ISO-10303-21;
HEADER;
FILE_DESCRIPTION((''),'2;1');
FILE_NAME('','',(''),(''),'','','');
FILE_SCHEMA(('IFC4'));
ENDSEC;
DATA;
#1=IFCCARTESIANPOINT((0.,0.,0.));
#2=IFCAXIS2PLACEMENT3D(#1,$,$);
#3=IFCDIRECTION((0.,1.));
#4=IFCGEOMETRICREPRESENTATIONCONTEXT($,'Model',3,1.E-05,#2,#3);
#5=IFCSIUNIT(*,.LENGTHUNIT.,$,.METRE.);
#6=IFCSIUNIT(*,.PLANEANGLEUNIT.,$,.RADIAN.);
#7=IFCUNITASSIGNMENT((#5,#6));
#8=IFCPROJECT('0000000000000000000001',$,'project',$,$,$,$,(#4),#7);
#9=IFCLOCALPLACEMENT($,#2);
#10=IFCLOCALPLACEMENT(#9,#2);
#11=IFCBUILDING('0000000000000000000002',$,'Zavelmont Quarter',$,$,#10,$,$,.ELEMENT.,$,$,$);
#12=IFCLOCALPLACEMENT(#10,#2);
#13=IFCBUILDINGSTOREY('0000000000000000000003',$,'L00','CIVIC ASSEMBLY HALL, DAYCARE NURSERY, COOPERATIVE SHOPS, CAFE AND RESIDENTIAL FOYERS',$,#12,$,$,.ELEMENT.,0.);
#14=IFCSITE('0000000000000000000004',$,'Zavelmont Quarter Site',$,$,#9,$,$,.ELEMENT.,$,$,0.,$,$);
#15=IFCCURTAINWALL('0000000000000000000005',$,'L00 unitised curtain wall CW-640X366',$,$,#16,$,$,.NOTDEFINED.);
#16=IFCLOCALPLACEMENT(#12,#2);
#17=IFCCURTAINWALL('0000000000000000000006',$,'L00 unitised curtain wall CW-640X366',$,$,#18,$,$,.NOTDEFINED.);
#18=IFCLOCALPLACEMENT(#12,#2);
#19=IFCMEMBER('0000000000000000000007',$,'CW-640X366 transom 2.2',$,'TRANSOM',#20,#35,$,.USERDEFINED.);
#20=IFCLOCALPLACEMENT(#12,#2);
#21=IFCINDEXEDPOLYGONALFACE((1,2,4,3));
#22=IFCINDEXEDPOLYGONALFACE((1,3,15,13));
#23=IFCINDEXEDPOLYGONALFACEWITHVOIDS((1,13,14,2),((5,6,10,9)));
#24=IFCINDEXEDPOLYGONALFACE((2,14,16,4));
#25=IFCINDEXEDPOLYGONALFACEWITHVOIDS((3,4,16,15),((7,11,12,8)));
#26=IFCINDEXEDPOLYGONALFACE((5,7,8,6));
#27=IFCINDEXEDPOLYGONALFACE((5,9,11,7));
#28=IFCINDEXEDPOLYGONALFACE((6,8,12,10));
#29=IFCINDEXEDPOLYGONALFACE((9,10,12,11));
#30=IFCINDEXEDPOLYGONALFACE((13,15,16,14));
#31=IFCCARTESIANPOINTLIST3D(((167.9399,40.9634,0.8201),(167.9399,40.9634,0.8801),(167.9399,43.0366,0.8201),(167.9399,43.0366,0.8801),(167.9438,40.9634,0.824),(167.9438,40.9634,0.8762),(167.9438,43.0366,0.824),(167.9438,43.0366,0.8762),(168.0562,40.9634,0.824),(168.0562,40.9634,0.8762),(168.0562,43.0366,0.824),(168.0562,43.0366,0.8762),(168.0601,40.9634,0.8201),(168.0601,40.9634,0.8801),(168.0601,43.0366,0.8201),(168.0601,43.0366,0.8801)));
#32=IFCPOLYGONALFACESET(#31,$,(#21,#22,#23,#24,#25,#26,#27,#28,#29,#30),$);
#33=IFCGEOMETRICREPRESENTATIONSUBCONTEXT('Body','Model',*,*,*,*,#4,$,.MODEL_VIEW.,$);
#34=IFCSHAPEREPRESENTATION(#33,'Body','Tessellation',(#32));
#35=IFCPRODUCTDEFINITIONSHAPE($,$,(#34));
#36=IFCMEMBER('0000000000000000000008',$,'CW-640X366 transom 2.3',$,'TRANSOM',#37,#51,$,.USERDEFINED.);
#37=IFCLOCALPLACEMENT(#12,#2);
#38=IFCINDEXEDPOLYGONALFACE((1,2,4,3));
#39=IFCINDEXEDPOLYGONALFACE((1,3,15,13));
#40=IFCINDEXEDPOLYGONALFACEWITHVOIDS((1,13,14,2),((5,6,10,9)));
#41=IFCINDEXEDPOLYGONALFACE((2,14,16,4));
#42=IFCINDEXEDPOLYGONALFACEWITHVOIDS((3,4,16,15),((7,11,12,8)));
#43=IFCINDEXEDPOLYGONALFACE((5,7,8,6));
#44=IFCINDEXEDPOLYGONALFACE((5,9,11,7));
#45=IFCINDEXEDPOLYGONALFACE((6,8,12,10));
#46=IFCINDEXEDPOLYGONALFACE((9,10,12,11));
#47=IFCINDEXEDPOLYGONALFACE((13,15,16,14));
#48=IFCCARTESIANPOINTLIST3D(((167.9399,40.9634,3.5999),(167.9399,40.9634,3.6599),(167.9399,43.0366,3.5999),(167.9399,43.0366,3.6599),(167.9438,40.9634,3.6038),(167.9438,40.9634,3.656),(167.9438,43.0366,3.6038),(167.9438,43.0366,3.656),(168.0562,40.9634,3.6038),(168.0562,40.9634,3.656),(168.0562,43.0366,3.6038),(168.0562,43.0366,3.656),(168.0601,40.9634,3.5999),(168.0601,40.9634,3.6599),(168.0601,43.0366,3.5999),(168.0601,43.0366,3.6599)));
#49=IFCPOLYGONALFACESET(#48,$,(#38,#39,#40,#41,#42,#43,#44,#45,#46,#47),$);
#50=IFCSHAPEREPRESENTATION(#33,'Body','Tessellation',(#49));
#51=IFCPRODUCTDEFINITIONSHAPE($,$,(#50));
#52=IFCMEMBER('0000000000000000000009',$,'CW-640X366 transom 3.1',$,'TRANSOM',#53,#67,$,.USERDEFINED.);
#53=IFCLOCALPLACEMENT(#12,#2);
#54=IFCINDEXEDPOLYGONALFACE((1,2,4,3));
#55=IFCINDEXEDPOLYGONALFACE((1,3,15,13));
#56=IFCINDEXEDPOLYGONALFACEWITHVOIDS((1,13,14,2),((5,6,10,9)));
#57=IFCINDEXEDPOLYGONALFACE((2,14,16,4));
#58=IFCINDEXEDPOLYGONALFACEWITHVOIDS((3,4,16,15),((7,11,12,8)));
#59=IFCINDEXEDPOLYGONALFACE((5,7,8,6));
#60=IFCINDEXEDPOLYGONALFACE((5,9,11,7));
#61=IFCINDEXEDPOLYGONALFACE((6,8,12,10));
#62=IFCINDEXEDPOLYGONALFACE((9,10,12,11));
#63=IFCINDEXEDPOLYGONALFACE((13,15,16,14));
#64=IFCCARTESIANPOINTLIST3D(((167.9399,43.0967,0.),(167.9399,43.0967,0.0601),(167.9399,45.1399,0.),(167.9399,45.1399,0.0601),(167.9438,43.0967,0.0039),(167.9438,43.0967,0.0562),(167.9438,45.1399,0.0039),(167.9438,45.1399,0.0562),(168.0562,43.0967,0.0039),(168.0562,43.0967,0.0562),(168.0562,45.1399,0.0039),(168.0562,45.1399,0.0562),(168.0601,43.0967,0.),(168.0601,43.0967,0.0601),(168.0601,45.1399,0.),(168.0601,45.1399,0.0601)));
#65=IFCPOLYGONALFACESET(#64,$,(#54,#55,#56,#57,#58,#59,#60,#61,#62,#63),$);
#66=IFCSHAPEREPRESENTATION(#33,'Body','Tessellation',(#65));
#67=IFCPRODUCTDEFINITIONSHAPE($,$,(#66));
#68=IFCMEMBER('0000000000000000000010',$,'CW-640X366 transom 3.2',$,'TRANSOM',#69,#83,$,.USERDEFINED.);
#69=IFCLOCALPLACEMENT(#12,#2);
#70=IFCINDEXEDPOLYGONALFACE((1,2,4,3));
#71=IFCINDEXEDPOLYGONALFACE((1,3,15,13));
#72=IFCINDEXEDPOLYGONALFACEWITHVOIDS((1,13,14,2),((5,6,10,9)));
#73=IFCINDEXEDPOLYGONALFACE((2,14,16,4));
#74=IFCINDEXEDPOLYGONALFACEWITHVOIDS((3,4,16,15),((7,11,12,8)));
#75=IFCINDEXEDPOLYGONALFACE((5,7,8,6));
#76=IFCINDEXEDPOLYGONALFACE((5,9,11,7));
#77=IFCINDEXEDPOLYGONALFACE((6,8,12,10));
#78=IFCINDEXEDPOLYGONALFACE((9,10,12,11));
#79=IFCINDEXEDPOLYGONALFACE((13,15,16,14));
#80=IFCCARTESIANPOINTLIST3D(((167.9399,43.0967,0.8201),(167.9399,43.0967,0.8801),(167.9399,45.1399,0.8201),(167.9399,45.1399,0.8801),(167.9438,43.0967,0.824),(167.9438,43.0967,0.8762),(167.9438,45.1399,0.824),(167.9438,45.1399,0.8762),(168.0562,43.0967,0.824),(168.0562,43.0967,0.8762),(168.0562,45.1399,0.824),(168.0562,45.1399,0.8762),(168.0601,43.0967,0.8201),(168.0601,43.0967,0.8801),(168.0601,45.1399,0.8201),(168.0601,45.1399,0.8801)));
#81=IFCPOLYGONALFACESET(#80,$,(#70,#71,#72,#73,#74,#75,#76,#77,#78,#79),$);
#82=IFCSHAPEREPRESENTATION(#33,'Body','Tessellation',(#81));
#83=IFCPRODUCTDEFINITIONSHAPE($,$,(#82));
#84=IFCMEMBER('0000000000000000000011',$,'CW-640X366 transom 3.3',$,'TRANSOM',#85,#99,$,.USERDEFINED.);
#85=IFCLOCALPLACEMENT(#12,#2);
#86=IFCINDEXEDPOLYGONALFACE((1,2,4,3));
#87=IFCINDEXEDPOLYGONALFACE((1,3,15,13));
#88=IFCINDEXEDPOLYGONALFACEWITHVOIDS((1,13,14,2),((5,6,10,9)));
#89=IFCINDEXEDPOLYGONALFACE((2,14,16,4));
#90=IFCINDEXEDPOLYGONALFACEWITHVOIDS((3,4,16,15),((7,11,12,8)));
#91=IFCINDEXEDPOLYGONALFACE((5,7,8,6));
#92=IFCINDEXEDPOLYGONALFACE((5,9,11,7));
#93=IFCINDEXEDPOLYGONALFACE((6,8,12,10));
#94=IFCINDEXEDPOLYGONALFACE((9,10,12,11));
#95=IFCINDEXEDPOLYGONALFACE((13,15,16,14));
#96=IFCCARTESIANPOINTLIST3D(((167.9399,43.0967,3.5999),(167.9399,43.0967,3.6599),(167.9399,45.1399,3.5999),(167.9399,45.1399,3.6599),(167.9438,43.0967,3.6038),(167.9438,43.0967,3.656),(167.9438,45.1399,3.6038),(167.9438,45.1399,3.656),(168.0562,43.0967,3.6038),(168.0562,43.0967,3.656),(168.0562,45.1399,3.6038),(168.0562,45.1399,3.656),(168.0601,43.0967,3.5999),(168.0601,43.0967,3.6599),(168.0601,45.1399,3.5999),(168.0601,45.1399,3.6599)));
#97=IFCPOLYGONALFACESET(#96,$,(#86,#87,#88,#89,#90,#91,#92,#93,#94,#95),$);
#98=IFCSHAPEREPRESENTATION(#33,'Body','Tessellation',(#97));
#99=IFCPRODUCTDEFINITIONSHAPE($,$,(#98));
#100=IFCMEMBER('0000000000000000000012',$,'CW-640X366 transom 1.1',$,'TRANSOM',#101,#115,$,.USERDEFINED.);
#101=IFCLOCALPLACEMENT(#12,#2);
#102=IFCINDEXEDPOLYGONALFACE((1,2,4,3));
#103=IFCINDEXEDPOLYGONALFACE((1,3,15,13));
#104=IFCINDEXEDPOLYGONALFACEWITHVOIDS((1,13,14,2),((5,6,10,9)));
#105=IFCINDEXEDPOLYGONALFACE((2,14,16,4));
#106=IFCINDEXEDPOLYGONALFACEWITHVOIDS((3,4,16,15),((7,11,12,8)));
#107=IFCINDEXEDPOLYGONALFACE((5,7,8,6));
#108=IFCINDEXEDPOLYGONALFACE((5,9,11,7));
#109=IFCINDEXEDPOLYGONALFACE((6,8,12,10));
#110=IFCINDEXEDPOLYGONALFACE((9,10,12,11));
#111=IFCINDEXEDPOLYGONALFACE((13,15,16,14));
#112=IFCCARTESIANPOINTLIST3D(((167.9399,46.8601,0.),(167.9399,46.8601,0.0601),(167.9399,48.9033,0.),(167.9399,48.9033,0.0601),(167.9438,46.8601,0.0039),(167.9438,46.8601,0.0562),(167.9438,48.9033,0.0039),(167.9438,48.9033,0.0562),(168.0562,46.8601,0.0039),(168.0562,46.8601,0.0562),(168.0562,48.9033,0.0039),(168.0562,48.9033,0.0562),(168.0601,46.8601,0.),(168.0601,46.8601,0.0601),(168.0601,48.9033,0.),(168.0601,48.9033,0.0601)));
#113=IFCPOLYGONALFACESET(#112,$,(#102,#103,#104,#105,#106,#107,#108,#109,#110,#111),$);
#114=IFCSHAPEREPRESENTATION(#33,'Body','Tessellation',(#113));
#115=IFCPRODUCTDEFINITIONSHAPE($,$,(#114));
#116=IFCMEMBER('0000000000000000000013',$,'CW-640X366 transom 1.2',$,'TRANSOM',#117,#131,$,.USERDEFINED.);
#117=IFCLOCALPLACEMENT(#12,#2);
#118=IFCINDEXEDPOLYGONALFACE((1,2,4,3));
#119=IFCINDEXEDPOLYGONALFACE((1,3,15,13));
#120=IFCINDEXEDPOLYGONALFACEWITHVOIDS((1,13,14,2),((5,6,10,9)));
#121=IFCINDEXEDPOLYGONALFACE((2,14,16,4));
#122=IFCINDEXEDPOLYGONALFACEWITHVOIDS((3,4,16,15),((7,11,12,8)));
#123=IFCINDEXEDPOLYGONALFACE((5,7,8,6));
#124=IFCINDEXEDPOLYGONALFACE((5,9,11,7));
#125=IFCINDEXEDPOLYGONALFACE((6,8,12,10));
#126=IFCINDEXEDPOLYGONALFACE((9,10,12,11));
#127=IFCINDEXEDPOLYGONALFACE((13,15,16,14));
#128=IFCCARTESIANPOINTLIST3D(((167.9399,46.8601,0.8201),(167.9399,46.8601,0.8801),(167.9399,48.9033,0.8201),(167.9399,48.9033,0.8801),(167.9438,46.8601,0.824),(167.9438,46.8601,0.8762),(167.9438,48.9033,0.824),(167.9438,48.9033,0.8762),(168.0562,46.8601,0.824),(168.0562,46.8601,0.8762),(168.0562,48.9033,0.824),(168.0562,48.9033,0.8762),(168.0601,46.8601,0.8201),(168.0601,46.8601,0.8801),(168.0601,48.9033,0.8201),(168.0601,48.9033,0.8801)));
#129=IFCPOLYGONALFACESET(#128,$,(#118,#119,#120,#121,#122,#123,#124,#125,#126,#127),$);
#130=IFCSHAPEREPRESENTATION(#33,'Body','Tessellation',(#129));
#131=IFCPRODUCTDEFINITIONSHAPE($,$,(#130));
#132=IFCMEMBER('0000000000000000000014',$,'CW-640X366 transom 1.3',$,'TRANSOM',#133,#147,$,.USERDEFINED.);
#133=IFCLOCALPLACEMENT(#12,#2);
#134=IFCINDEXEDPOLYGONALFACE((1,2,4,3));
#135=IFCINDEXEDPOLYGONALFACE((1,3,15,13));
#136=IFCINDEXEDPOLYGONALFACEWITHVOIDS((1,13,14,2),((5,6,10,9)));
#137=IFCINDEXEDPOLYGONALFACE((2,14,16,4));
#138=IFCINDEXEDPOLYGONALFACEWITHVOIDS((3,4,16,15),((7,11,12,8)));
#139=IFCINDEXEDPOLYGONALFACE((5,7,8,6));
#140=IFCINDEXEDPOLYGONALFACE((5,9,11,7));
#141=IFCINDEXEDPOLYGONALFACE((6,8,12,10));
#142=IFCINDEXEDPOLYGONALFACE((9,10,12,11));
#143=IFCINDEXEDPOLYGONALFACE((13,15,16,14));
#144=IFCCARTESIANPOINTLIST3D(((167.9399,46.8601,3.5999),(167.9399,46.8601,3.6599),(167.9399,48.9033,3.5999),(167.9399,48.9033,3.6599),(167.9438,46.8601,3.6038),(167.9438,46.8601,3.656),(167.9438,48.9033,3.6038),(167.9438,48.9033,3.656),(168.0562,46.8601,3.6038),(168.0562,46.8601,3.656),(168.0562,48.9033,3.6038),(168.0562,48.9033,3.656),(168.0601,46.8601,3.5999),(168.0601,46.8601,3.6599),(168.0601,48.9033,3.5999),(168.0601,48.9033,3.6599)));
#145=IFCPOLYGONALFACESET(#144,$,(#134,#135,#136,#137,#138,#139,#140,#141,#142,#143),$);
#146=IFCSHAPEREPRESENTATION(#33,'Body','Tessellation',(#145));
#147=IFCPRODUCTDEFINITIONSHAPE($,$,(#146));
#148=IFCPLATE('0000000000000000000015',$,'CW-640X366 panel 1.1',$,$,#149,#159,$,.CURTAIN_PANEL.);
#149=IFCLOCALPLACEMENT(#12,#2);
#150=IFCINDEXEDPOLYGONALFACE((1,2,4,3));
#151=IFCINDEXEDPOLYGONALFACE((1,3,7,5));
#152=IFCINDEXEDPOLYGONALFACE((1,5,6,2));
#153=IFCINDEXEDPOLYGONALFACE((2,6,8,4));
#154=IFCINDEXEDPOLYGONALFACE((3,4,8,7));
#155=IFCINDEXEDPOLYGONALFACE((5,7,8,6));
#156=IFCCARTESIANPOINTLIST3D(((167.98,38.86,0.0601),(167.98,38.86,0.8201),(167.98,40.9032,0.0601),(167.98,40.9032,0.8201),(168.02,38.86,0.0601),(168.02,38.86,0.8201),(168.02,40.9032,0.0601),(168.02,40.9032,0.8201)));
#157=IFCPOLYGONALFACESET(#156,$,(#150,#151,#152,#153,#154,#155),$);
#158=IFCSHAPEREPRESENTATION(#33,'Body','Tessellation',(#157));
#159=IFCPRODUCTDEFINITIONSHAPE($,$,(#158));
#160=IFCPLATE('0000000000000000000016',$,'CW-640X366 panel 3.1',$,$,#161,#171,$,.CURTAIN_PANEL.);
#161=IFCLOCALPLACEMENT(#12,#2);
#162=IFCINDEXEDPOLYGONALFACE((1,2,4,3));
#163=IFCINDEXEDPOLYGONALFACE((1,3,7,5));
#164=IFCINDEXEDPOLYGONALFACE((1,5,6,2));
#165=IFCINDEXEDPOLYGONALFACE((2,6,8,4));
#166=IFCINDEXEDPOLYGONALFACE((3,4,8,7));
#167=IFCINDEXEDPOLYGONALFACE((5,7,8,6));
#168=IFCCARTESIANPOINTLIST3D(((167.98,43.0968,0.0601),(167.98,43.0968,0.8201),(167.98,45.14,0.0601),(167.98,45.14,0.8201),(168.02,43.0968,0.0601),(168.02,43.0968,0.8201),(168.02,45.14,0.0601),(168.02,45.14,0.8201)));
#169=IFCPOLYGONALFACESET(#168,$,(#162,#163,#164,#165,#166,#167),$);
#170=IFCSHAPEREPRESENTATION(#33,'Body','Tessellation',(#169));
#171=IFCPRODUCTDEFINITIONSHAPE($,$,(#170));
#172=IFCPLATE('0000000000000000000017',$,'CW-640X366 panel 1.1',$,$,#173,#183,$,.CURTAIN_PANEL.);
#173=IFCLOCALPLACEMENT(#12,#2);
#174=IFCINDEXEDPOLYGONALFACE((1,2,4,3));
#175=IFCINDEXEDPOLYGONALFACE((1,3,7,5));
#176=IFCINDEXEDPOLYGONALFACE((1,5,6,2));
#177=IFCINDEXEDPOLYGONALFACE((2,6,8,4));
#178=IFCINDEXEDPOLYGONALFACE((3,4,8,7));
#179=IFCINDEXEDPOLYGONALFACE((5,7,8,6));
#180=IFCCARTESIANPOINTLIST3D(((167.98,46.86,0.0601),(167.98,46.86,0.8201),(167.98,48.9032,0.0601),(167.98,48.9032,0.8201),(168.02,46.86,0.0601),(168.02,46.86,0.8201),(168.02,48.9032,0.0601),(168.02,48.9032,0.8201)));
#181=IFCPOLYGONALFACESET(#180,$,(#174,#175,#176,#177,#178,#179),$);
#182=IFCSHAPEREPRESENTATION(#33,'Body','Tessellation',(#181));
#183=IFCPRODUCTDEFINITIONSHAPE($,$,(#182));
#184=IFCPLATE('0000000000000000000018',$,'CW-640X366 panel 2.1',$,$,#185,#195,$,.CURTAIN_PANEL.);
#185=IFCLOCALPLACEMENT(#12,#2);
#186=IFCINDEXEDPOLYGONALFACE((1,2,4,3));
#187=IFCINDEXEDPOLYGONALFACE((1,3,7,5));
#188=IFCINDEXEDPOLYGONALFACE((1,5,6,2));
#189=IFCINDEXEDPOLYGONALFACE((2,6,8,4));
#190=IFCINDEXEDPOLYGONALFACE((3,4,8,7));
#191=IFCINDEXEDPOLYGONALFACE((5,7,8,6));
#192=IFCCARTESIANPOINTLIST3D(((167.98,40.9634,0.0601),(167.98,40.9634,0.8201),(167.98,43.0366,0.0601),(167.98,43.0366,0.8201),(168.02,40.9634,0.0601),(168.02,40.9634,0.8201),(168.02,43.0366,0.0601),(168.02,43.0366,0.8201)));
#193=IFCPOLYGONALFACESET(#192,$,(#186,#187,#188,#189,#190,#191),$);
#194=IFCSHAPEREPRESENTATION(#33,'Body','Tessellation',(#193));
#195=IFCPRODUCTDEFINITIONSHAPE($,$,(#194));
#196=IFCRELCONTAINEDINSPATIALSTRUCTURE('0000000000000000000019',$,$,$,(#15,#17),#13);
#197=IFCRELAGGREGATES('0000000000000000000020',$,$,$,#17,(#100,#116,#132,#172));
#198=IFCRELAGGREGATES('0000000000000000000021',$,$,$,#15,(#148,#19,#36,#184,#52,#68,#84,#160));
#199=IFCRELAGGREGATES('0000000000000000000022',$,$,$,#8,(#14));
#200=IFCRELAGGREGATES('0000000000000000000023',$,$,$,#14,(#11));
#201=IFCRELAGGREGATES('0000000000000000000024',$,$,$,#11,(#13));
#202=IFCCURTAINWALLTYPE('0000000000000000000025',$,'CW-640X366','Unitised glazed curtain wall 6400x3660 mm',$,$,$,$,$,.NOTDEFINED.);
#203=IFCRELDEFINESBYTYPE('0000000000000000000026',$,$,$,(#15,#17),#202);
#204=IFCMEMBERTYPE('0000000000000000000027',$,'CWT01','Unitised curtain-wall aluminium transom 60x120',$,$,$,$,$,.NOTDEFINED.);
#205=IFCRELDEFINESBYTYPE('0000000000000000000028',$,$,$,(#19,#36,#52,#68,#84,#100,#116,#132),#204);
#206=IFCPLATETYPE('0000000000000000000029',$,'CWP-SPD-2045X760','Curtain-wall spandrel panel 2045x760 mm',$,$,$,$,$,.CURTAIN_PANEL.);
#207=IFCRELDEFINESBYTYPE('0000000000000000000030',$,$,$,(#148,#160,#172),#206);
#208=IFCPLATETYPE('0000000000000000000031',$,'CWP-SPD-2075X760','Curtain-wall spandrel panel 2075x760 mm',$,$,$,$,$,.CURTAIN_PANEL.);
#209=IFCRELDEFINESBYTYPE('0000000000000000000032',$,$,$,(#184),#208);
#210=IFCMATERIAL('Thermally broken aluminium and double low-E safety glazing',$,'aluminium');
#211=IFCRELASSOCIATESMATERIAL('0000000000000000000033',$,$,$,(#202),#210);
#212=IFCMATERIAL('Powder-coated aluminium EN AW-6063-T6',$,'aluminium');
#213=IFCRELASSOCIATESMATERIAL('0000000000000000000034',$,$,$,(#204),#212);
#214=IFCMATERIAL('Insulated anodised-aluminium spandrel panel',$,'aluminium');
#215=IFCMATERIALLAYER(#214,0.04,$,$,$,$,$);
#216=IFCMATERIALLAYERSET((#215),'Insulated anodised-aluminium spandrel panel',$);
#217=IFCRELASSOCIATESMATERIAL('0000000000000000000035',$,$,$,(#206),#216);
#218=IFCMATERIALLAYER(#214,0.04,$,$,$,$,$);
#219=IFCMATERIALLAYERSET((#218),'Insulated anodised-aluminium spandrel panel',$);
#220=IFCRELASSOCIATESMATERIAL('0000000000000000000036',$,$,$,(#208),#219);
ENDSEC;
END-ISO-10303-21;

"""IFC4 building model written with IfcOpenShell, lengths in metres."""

from ifc_helpers import new_model, si_unit, direction, frame, origin, origin_2d, place, context, subcontext, project, spatial, rectangle, hollow_rectangle, extrude, material, layer, layer_set, material_profile, profile_set, type_object, element, aggregate, save


model = new_model("IFC4")

# Units and contexts
model_context = context("Model", 3, precision=1e-05, world=origin(), true_north=direction((0.0, 1.0)))
body_context = subcontext(model_context, "Body", "Model", "MODEL_VIEW")
ifc_project = project(units=[si_unit("LENGTHUNIT", "METRE"), si_unit("PLANEANGLEUNIT", "RADIAN")], contexts=[model_context])

# Site, building, storey
site_placement = place(None, origin())
site = spatial("IfcSite", under=ifc_project, at=site_placement, Name="Zavelmont Quarter Site", CompositionType="ELEMENT", RefElevation=0.0)
building_placement = place(site_placement, origin())
building = spatial("IfcBuilding", under=site, at=building_placement, Name="Zavelmont Quarter", CompositionType="ELEMENT")
storey_placement = place(building_placement, origin())
storey = spatial("IfcBuildingStorey", under=building, at=storey_placement, Name="L00", Description="CIVIC ASSEMBLY HALL, DAYCARE NURSERY, COOPERATIVE SHOPS, CAFE AND RESIDENTIAL FOYERS", CompositionType="ELEMENT", Elevation=0.0)

# Curtain walls
ifc_material_1 = material(Name="Thermally broken aluminium and double low-E safety glazing", Category="aluminium")
curtain_wall_type = type_object("IfcCurtainWallType", Name="CW-640X366", Description="Unitised glazed curtain wall 6400x3660 mm", PredefinedType="NOTDEFINED", material=ifc_material_1)
curtain_wall_1_placement = place(storey_placement, origin())
curtain_wall_1 = element("IfcCurtainWall", 1, at=curtain_wall_1_placement, inside=storey, type_object=curtain_wall_type, Name="L00 unitised curtain wall CW-640X366", PredefinedType="NOTDEFINED")
ifc_material_2 = material(Name="Powder-coated aluminium EN AW-6063-T6", Category="aluminium")
curtain_wall_2_placement = place(storey_placement, origin())
curtain_wall_2 = element("IfcCurtainWall", 2, at=curtain_wall_2_placement, inside=storey, type_object=curtain_wall_type, Name="L00 unitised curtain wall CW-640X366", PredefinedType="NOTDEFINED")

# Members
ifc_material_profile_1 = material_profile(ifc_material_2, hollow_rectangle(XDim=0.1201, YDim=0.0601, WallThickness=0.0039, at=origin_2d()), Name="CWT60X120")
ifc_profile_set_1 = profile_set([ifc_material_profile_1], Name="Powder-coated aluminium EN AW-6063-T6")
member_type_1 = type_object("IfcMemberType", Name="CWT01", Description="Unitised curtain-wall aluminium transom 60x120", PredefinedType="NOTDEFINED", material=ifc_profile_set_1)
member_1_placement = place(storey_placement, frame((168.0, 40.9634, 0.8501), z_axis=(0.0, 1.0, 0.0), x_axis=(-1.0, 0.0, 0.0)))
member_1 = element("IfcMember", 3, at=member_1_placement, type_object=member_type_1, Name="CW-640X366 transom 2.2", ObjectType="TRANSOM", PredefinedType="USERDEFINED", context=body_context, shape_type="SweptSolid", body=[
    extrude(hollow_rectangle(XDim=0.1201, YDim=0.0601, WallThickness=0.0039, at=origin_2d()), origin(), (0.0, 0.0, 1.0), 2.0732),
])
member_2_placement = place(storey_placement, frame((168.0, 40.9634, 3.6299), z_axis=(0.0, 1.0, 0.0), x_axis=(-1.0, 0.0, 0.0)))
member_2 = element("IfcMember", 4, at=member_2_placement, type_object=member_type_1, Name="CW-640X366 transom 2.3", ObjectType="TRANSOM", PredefinedType="USERDEFINED", context=body_context, shape_type="SweptSolid", body=[
    extrude(hollow_rectangle(XDim=0.1201, YDim=0.0601, WallThickness=0.0039, at=origin_2d()), origin(), (0.0, 0.0, 1.0), 2.0732),
])
member_3_placement = place(storey_placement, frame((168.0, 43.0967, 0.03), z_axis=(0.0, 1.0, 0.0), x_axis=(-1.0, 0.0, 0.0)))
member_3 = element("IfcMember", 5, at=member_3_placement, type_object=member_type_1, Name="CW-640X366 transom 3.1", ObjectType="TRANSOM", PredefinedType="USERDEFINED", context=body_context, shape_type="SweptSolid", body=[
    extrude(hollow_rectangle(XDim=0.1201, YDim=0.0601, WallThickness=0.0039, at=origin_2d()), origin(), (0.0, 0.0, 1.0), 2.0432),
])
member_4_placement = place(storey_placement, frame((168.0, 43.0967, 0.8501), z_axis=(0.0, 1.0, 0.0), x_axis=(-1.0, 0.0, 0.0)))
member_4 = element("IfcMember", 6, at=member_4_placement, type_object=member_type_1, Name="CW-640X366 transom 3.2", ObjectType="TRANSOM", PredefinedType="USERDEFINED", context=body_context, shape_type="SweptSolid", body=[
    extrude(hollow_rectangle(XDim=0.1201, YDim=0.0601, WallThickness=0.0039, at=origin_2d()), origin(), (0.0, 0.0, 1.0), 2.0432),
])
member_5_placement = place(storey_placement, frame((168.0, 43.0967, 3.6299), z_axis=(0.0, 1.0, 0.0), x_axis=(-1.0, 0.0, 0.0)))
member_5 = element("IfcMember", 7, at=member_5_placement, type_object=member_type_1, Name="CW-640X366 transom 3.3", ObjectType="TRANSOM", PredefinedType="USERDEFINED", context=body_context, shape_type="SweptSolid", body=[
    extrude(hollow_rectangle(XDim=0.1201, YDim=0.0601, WallThickness=0.0039, at=origin_2d()), origin(), (0.0, 0.0, 1.0), 2.0432),
])
member_6_placement = place(storey_placement, frame((168.0, 46.8601, 0.03), z_axis=(0.0, 1.0, 0.0), x_axis=(-1.0, 0.0, 0.0)))
member_6 = element("IfcMember", 8, at=member_6_placement, type_object=member_type_1, Name="CW-640X366 transom 1.1", ObjectType="TRANSOM", PredefinedType="USERDEFINED", context=body_context, shape_type="SweptSolid", body=[
    extrude(hollow_rectangle(XDim=0.1201, YDim=0.0601, WallThickness=0.0039, at=origin_2d()), origin(), (0.0, 0.0, 1.0), 2.0432),
])
member_7_placement = place(storey_placement, frame((168.0, 46.8601, 0.8501), z_axis=(0.0, 1.0, 0.0), x_axis=(-1.0, 0.0, 0.0)))
member_7 = element("IfcMember", 9, at=member_7_placement, type_object=member_type_1, Name="CW-640X366 transom 1.2", ObjectType="TRANSOM", PredefinedType="USERDEFINED", context=body_context, shape_type="SweptSolid", body=[
    extrude(hollow_rectangle(XDim=0.1201, YDim=0.0601, WallThickness=0.0039, at=origin_2d()), origin(), (0.0, 0.0, 1.0), 2.0432),
])
member_8_placement = place(storey_placement, frame((168.0, 46.8601, 3.6299), z_axis=(0.0, 1.0, 0.0), x_axis=(-1.0, 0.0, 0.0)))
member_8 = element("IfcMember", 10, at=member_8_placement, type_object=member_type_1, Name="CW-640X366 transom 1.3", ObjectType="TRANSOM", PredefinedType="USERDEFINED", context=body_context, shape_type="SweptSolid", body=[
    extrude(hollow_rectangle(XDim=0.1201, YDim=0.0601, WallThickness=0.0039, at=origin_2d()), origin(), (0.0, 0.0, 1.0), 2.0432),
])

# Plates
ifc_material_3 = material(Name="Insulated anodised-aluminium spandrel panel", Category="aluminium")
ifc_layer_1 = layer(ifc_material_3, 0.04)
ifc_layer_set_1 = layer_set([ifc_layer_1], Name="Insulated anodised-aluminium spandrel panel")
plate_type_1 = type_object("IfcPlateType", Name="CWP-SPD-2045X760", Description="Curtain-wall spandrel panel 2045x760 mm", PredefinedType="CURTAIN_PANEL", material=ifc_layer_set_1)
plate_1_placement = place(storey_placement, frame((168.0, 39.8816, 0.0601), z_axis=(0.0, 0.0, 1.0), x_axis=(0.0, 1.0, 0.0)))
plate_1 = element("IfcPlate", 11, at=plate_1_placement, type_object=plate_type_1, Name="CW-640X366 panel 1.1", PredefinedType="CURTAIN_PANEL", context=body_context, shape_type="SweptSolid", body=[
    extrude(rectangle(XDim=2.0432, YDim=0.04, at=origin_2d()), origin(), (0.0, 0.0, 1.0), 0.76),
])
plate_2_placement = place(storey_placement, frame((168.0, 44.1184, 0.0601), z_axis=(0.0, 0.0, 1.0), x_axis=(0.0, 1.0, 0.0)))
plate_2 = element("IfcPlate", 12, at=plate_2_placement, type_object=plate_type_1, Name="CW-640X366 panel 3.1", PredefinedType="CURTAIN_PANEL", context=body_context, shape_type="SweptSolid", body=[
    extrude(rectangle(XDim=2.0432, YDim=0.04, at=origin_2d()), origin(), (0.0, 0.0, 1.0), 0.76),
])
plate_3_placement = place(storey_placement, frame((168.0, 47.8816, 0.0601), z_axis=(0.0, 0.0, 1.0), x_axis=(0.0, 1.0, 0.0)))
plate_3 = element("IfcPlate", 13, at=plate_3_placement, type_object=plate_type_1, Name="CW-640X366 panel 1.1", PredefinedType="CURTAIN_PANEL", context=body_context, shape_type="SweptSolid", body=[
    extrude(rectangle(XDim=2.0432, YDim=0.04, at=origin_2d()), origin(), (0.0, 0.0, 1.0), 0.76),
])
ifc_layer_2 = layer(ifc_material_3, 0.04)
ifc_layer_set_2 = layer_set([ifc_layer_2], Name="Insulated anodised-aluminium spandrel panel")
plate_type_2 = type_object("IfcPlateType", Name="CWP-SPD-2075X760", Description="Curtain-wall spandrel panel 2075x760 mm", PredefinedType="CURTAIN_PANEL", material=ifc_layer_set_2)
plate_4_placement = place(storey_placement, frame((168.0, 42.0, 0.0601), z_axis=(0.0, 0.0, 1.0), x_axis=(0.0, 1.0, 0.0)))
plate_4 = element("IfcPlate", 14, at=plate_4_placement, type_object=plate_type_2, Name="CW-640X366 panel 2.1", PredefinedType="CURTAIN_PANEL", context=body_context, shape_type="SweptSolid", body=[
    extrude(rectangle(XDim=2.0732, YDim=0.04, at=origin_2d()), origin(), (0.0, 0.0, 1.0), 0.76),
])
aggregate(curtain_wall_2, [member_6, member_7, member_8, plate_3])
aggregate(curtain_wall_1, [plate_1, member_1, member_2, plate_4, member_3, member_4, member_5, plate_2])

save(model, "model.ifc")
